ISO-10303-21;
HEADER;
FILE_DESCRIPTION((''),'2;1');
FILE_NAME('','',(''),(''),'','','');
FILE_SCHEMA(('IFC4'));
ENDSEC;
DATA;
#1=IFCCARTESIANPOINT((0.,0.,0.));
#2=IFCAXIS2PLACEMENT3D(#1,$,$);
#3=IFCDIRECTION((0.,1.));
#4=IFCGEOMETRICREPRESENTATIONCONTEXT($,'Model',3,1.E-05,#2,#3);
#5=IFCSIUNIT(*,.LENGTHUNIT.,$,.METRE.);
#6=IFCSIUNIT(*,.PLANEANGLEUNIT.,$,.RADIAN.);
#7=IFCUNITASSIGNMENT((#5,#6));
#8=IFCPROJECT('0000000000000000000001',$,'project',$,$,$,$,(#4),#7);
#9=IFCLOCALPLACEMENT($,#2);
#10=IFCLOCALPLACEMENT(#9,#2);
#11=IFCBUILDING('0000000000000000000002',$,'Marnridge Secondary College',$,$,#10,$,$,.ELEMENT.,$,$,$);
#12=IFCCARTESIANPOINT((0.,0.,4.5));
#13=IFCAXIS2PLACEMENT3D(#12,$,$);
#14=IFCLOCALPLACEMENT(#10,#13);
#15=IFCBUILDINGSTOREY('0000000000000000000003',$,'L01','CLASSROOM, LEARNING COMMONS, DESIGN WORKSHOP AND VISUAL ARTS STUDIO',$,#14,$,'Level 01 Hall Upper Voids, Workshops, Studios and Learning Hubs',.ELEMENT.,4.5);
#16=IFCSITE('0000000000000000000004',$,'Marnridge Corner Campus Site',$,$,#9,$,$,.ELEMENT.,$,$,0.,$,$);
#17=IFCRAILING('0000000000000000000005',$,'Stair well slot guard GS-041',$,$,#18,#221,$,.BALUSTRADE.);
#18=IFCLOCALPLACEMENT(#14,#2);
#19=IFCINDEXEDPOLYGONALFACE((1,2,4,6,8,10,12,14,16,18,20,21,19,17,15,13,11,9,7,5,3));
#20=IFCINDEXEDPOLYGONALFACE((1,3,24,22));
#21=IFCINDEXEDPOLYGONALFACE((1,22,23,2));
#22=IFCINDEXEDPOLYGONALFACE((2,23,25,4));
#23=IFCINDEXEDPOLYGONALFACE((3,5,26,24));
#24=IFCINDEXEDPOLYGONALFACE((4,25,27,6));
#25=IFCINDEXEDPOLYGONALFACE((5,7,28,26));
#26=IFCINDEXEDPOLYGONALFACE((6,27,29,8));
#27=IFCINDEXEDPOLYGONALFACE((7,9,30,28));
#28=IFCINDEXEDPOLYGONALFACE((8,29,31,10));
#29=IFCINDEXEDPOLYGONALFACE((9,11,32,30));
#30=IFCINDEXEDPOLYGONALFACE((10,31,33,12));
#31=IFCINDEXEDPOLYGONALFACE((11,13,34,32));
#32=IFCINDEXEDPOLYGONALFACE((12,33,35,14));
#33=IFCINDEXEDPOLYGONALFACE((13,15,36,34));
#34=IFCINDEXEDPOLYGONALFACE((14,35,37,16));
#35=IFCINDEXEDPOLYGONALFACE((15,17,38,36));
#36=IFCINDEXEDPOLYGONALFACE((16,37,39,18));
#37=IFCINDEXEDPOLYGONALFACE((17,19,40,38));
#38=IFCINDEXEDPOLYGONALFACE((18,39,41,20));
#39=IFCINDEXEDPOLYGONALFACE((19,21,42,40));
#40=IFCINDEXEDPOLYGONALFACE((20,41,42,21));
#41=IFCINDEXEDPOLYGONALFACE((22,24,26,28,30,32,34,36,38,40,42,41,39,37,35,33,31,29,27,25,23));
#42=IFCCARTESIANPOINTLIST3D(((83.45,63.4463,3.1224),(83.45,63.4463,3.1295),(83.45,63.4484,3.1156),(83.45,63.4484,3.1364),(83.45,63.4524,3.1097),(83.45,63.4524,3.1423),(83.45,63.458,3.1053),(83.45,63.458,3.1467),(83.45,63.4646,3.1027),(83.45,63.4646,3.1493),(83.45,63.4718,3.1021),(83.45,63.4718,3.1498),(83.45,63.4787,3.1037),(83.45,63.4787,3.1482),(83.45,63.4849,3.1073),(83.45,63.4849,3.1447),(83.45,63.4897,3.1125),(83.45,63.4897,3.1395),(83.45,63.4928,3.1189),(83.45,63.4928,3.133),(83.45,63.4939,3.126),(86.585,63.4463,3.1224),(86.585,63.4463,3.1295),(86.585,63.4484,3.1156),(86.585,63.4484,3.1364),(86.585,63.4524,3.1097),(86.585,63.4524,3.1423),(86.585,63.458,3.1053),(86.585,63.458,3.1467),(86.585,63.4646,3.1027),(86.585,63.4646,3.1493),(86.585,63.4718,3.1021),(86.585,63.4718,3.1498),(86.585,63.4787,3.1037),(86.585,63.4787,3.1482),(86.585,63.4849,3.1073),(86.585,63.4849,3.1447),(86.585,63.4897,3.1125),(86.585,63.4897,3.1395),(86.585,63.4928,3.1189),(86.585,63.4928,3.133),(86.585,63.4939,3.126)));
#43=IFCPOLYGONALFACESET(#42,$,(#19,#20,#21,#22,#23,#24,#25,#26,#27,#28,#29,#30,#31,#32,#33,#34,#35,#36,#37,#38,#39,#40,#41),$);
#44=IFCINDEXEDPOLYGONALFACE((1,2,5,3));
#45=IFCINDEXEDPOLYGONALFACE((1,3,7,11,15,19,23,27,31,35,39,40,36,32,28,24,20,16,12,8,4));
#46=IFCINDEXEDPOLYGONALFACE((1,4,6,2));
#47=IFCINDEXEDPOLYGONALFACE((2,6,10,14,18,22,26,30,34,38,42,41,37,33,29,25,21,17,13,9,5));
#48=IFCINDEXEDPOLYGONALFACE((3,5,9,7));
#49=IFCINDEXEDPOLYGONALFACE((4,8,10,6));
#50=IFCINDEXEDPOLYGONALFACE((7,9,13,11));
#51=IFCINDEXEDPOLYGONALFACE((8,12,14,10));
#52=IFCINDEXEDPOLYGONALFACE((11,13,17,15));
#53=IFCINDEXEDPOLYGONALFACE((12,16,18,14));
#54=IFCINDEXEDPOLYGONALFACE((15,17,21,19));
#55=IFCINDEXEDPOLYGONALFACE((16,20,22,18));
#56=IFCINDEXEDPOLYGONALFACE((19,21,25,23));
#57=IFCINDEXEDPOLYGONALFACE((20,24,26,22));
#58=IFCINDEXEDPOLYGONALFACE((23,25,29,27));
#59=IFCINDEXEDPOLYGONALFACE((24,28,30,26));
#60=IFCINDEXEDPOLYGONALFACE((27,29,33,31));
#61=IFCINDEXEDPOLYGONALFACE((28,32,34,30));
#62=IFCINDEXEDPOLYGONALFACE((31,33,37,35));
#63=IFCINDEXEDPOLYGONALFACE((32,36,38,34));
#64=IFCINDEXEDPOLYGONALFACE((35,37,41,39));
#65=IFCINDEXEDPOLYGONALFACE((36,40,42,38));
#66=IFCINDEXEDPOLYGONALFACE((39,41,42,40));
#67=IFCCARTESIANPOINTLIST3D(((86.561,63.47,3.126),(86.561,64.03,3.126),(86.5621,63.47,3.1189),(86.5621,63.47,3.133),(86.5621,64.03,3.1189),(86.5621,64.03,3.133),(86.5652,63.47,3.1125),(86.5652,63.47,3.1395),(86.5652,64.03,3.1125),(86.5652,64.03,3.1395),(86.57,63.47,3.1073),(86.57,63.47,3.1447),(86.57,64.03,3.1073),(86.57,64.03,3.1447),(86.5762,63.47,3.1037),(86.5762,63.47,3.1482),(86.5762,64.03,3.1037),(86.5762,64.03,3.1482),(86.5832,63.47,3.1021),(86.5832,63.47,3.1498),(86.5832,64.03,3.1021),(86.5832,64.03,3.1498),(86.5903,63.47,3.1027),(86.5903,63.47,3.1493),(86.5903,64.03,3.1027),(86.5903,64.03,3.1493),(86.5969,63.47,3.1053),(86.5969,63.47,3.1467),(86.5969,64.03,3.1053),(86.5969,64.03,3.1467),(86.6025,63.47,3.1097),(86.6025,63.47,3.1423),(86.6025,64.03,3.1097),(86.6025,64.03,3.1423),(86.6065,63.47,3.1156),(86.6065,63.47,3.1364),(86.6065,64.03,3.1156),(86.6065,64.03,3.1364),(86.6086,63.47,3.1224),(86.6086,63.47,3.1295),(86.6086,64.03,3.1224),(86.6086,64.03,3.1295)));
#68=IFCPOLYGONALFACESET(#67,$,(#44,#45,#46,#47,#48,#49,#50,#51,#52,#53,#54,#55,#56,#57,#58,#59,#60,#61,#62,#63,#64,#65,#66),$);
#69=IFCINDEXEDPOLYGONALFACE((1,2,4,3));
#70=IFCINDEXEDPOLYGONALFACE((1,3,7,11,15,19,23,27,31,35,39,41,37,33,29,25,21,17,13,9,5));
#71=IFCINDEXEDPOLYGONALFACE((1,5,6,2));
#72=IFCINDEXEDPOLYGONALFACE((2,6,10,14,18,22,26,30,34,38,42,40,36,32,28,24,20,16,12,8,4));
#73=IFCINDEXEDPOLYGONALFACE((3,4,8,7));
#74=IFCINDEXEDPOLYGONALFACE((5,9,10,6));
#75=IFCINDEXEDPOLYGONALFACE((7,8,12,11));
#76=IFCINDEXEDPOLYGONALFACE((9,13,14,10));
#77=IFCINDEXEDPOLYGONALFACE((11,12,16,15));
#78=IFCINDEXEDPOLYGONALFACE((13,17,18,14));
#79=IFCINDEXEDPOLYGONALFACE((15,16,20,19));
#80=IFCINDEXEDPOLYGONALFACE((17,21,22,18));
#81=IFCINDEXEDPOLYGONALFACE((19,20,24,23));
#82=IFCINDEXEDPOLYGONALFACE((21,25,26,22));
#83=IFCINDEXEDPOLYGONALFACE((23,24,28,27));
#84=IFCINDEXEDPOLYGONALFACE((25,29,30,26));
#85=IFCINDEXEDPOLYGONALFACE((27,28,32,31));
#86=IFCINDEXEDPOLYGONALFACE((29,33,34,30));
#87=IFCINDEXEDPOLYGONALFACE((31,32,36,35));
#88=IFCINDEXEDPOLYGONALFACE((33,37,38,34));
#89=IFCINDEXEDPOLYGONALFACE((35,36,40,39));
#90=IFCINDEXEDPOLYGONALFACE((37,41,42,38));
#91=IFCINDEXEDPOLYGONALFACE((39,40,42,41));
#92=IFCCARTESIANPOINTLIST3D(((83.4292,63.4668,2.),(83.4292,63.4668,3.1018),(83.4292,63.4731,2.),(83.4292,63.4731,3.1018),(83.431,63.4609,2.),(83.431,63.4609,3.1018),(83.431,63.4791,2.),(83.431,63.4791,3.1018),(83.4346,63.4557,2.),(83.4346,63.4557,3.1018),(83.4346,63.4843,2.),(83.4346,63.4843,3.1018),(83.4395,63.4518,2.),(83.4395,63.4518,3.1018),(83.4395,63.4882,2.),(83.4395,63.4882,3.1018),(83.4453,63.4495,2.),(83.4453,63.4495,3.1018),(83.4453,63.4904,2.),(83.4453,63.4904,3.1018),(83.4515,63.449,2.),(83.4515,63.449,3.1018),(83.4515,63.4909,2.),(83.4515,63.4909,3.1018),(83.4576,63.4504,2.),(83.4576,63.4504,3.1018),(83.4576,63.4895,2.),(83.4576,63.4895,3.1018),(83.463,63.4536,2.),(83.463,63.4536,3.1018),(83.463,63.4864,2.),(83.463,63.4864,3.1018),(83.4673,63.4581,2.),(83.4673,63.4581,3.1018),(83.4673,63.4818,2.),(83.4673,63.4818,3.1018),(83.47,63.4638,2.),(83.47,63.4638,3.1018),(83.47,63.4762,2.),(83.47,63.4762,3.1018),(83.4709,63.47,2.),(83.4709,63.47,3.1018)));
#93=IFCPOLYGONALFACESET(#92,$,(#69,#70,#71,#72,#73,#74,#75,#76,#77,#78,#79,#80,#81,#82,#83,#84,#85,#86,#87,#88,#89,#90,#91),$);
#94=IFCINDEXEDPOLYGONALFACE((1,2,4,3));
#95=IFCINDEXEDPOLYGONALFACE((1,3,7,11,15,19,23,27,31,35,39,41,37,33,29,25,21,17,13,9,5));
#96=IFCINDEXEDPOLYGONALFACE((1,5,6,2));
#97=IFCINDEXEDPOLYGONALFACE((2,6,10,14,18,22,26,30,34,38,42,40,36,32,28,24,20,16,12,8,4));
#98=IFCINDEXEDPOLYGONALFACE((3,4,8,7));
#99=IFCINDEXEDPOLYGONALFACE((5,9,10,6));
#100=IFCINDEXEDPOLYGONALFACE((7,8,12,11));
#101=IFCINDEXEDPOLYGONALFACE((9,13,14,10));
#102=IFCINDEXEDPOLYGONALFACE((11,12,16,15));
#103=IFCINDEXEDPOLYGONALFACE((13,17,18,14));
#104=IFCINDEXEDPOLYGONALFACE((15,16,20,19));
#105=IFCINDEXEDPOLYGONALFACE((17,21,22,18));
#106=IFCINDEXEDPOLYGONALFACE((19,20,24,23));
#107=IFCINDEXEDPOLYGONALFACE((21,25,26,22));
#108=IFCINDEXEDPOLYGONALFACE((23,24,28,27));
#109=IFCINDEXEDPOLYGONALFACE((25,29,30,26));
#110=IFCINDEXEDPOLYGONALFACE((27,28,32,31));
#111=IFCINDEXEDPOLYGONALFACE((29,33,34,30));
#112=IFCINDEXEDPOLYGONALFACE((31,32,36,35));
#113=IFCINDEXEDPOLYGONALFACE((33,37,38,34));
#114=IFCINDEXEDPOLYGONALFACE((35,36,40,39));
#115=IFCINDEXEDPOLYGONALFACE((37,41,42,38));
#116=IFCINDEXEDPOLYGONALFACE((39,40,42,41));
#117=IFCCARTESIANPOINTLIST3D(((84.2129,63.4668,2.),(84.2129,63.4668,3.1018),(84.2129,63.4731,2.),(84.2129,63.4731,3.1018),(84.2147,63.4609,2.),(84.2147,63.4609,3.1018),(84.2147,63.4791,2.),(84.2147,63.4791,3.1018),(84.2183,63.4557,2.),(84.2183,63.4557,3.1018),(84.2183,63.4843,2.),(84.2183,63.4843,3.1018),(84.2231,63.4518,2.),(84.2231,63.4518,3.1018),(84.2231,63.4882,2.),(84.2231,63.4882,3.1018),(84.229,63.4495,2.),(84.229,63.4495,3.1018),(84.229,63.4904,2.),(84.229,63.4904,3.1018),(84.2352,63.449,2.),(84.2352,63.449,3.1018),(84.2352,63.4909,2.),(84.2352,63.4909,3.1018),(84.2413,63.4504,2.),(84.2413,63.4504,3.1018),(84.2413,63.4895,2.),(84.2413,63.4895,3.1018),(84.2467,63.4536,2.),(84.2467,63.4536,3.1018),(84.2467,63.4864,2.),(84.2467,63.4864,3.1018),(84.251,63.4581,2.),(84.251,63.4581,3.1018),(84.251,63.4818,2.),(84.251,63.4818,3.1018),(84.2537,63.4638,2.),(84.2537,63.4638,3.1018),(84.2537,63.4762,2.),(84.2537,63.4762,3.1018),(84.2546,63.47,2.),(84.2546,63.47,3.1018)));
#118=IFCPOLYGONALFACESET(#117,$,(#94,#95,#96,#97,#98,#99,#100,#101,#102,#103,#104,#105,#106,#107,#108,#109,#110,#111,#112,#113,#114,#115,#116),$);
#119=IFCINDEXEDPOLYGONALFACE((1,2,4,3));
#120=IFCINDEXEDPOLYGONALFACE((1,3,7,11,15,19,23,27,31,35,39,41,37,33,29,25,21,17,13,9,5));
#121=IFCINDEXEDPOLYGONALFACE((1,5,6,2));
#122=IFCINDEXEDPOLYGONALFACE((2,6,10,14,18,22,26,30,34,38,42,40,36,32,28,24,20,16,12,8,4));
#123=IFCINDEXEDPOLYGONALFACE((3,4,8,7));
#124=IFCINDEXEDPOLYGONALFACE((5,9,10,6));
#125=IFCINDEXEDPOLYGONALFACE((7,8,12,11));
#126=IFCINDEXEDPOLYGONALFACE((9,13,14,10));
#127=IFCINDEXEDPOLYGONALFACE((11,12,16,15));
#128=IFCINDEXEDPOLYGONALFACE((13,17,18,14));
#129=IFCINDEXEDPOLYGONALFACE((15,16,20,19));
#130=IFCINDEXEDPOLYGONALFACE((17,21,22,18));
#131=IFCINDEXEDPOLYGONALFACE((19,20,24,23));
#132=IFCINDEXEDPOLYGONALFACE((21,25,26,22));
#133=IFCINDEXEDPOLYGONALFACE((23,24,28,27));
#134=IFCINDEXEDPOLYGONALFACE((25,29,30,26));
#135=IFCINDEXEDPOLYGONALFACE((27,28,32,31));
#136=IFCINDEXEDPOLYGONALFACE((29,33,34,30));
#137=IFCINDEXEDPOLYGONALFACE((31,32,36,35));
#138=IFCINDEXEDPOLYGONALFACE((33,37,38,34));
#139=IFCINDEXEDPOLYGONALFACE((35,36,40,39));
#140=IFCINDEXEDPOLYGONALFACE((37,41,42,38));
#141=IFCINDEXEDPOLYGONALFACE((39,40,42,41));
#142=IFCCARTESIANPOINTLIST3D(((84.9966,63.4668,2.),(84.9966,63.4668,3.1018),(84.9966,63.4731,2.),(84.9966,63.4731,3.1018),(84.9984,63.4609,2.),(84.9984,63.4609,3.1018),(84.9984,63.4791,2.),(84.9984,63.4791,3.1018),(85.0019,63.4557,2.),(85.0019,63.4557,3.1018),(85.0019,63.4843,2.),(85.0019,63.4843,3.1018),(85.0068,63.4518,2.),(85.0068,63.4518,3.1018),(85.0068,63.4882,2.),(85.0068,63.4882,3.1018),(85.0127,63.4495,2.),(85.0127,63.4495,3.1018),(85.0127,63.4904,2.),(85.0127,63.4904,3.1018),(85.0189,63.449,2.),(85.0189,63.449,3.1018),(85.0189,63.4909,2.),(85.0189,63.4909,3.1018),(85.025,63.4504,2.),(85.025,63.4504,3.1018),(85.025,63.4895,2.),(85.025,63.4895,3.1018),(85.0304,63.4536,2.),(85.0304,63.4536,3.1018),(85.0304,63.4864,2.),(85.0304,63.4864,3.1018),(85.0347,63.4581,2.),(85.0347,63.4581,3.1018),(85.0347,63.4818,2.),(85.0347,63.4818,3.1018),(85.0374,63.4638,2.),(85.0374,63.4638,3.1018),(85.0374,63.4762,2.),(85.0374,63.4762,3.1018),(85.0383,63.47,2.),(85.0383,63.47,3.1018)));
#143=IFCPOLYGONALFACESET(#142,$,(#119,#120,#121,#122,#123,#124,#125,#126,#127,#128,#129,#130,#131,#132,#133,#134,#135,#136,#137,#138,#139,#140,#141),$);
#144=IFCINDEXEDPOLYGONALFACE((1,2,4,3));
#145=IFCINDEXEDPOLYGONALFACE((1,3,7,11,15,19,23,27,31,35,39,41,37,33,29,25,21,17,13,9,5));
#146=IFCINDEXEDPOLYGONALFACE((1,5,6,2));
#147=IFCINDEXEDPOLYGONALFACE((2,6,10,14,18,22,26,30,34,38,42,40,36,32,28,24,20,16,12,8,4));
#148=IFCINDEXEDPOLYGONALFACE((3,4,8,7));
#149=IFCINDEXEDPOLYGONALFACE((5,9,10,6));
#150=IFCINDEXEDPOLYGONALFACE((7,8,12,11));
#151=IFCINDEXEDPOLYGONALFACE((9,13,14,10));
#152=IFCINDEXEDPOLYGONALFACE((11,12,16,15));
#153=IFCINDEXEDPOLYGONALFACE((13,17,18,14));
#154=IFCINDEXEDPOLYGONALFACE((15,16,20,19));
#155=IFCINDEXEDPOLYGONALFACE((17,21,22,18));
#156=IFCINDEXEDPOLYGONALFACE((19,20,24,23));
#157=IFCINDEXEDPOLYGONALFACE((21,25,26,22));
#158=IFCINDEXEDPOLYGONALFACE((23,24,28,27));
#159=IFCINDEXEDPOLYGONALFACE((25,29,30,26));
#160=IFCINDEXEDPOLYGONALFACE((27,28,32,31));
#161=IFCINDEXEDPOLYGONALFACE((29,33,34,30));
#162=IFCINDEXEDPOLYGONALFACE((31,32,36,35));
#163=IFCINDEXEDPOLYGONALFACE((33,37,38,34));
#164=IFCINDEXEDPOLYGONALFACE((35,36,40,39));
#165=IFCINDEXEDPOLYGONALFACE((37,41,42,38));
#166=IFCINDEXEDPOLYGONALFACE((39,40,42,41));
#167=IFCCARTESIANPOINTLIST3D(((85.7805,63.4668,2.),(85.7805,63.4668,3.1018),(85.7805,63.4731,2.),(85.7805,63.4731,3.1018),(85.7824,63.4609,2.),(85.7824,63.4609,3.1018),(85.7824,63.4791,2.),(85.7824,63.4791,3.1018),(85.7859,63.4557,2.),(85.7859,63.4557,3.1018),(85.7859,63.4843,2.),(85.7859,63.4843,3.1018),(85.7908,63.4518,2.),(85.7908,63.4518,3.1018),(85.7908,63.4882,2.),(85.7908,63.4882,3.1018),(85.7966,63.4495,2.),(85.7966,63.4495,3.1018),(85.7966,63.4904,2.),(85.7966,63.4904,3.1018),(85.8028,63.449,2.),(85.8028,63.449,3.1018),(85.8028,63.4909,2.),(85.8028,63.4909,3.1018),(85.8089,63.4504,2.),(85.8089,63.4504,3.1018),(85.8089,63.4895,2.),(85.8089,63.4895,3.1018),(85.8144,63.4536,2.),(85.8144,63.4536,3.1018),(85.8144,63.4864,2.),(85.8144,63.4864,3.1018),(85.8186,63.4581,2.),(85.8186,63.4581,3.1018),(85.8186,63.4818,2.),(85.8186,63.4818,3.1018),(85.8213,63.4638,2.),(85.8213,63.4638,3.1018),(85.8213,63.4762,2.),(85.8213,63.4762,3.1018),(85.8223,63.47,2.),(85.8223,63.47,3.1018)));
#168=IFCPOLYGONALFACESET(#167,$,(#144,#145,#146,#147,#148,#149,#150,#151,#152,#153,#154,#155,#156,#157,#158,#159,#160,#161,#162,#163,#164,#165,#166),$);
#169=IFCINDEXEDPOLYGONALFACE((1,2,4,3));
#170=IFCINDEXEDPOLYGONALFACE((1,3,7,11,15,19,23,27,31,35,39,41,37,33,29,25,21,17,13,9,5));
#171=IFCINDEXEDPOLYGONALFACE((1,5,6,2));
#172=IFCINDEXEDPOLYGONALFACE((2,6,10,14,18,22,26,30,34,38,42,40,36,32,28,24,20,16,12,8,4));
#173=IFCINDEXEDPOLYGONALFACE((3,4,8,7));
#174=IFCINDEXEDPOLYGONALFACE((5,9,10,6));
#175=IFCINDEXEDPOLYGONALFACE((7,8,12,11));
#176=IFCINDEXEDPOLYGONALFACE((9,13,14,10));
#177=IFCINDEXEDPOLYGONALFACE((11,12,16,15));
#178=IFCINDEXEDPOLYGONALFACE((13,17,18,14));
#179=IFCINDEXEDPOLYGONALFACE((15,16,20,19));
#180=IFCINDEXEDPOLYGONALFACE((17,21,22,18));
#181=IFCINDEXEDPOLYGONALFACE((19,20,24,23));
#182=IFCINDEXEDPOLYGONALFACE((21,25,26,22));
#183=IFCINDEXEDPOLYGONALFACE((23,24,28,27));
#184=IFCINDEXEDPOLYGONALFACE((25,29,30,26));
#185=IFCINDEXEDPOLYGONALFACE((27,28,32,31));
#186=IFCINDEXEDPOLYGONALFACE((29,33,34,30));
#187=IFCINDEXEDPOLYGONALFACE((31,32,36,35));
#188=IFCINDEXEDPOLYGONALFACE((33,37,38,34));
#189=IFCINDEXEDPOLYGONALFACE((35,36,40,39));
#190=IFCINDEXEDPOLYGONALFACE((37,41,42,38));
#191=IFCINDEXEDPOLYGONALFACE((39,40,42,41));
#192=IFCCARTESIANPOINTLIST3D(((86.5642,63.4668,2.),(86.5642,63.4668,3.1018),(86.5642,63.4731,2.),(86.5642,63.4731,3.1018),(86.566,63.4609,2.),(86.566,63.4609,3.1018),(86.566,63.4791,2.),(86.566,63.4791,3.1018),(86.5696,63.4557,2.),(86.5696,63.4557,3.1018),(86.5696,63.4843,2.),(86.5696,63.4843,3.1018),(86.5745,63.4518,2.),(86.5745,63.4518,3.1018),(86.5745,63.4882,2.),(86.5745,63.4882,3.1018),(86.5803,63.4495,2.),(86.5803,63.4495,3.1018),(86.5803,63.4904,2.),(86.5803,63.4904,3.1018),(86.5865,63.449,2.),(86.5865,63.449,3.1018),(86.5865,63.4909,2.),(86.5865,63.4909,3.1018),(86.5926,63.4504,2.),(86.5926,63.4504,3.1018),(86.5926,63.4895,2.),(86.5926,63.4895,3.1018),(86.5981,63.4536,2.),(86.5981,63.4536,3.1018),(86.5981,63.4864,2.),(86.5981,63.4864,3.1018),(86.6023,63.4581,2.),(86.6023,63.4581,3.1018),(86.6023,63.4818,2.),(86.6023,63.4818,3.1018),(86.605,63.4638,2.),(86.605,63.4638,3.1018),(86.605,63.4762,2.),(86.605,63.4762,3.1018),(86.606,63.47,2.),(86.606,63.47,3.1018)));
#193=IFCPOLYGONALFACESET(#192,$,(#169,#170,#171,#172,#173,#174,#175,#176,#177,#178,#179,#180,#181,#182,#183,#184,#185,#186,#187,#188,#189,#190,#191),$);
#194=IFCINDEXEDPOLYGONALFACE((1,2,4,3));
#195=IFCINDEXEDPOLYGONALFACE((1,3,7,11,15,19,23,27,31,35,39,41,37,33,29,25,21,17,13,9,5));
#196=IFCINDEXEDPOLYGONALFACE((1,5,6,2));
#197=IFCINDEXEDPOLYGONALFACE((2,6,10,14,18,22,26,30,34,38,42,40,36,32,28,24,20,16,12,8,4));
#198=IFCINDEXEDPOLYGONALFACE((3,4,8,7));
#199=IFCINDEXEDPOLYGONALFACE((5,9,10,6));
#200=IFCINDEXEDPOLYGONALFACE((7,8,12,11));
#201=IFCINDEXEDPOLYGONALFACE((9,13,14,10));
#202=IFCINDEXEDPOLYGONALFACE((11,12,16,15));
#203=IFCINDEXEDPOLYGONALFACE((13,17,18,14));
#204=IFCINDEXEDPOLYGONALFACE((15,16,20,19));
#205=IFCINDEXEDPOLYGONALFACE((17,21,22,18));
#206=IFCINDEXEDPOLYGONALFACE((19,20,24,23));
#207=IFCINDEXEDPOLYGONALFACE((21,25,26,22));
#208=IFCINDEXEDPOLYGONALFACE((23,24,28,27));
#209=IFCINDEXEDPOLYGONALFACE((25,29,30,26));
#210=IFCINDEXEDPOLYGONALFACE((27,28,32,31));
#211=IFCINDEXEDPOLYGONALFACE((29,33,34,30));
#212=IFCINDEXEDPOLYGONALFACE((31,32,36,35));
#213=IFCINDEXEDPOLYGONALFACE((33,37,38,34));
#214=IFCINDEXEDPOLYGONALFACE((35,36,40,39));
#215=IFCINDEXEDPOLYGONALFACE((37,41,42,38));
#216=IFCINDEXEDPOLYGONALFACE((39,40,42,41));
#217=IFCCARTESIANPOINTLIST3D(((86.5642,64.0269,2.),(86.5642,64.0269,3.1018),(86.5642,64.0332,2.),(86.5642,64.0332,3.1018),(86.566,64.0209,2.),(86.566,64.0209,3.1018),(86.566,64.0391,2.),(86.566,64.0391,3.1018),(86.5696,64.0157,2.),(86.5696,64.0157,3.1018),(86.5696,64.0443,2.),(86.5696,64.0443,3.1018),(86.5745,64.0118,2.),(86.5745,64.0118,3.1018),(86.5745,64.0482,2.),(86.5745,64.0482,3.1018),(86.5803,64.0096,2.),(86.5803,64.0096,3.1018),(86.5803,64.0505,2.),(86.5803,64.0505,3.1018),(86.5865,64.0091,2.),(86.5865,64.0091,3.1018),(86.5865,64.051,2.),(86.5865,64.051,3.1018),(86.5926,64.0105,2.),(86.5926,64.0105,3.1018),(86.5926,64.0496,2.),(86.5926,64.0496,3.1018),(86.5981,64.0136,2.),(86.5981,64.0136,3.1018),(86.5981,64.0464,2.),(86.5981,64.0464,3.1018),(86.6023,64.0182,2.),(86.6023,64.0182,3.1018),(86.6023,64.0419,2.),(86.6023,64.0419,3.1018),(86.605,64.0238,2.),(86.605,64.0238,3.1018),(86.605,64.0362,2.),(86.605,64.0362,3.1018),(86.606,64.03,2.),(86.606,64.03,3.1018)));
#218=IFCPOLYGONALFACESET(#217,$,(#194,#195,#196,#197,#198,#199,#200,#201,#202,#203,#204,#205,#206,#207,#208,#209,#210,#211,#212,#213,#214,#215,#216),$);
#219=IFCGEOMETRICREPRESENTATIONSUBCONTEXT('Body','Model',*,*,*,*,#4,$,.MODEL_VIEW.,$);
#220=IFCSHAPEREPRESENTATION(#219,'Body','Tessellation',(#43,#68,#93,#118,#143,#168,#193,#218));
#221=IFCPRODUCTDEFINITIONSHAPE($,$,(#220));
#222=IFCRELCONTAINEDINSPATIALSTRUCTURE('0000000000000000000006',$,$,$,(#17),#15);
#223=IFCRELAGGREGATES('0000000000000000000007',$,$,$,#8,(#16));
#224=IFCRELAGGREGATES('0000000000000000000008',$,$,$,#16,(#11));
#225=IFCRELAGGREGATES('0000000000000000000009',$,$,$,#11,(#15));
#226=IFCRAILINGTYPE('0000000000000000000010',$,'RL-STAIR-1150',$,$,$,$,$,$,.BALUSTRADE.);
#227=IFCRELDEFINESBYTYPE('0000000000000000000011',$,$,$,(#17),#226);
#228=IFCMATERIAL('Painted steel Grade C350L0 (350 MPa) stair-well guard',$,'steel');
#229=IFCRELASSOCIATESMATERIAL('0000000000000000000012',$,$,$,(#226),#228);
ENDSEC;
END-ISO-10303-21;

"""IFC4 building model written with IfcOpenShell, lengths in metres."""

from ifc_helpers import new_model, si_unit, direction, frame, origin, origin_2d, place, context, subcontext, project, spatial, circle, extrude, material, type_object, element, save


model = new_model("IFC4")

# Units and contexts
model_context = context("Model", 3, precision=1e-05, world=origin(), true_north=direction((0.0, 1.0)))
body_context = subcontext(model_context, "Body", "Model", "MODEL_VIEW")
ifc_project = project(units=[si_unit("LENGTHUNIT", "METRE"), si_unit("PLANEANGLEUNIT", "RADIAN")], contexts=[model_context])

# Site, building, storey
site_placement = place(None, origin())
site = spatial("IfcSite", under=ifc_project, at=site_placement, Name="Marnridge Corner Campus Site", CompositionType="ELEMENT", RefElevation=0.0)
building_placement = place(site_placement, origin())
building = spatial("IfcBuilding", under=site, at=building_placement, Name="Marnridge Secondary College", CompositionType="ELEMENT")
storey_placement = place(building_placement, frame((0.0, 0.0, 4.5)))
storey = spatial("IfcBuildingStorey", under=building, at=storey_placement, Name="L01", Description="CLASSROOM, LEARNING COMMONS, DESIGN WORKSHOP AND VISUAL ARTS STUDIO", LongName="Level 01 Hall Upper Voids, Workshops, Studios and Learning Hubs", CompositionType="ELEMENT", Elevation=4.5)

# Railing
ifc_material_1 = material(Name="Painted steel Grade C350L0 (350 MPa) stair-well guard", Category="steel")
railing_type_1 = type_object("IfcRailingType", Name="RL-STAIR-1150", PredefinedType="BALUSTRADE", material=ifc_material_1)
railing_placement = place(storey_placement, frame((83.45, 63.47, 2.0)))
element("IfcRailing", 1, at=railing_placement, inside=storey, type_object=railing_type_1, Name="Stair well slot guard GS-041", PredefinedType="BALUSTRADE", context=body_context, shape_type="SweptSolid", body=[
    extrude(circle(Radius=0.0239, at=origin_2d()), frame((0.0, 0.0, 1.126), z_axis=(1.0, 0.0, 0.0), x_axis=(0.0, 1.0, 0.0)), (0.0, 0.0, 1.0), 3.135),
    extrude(circle(Radius=0.0239, at=origin_2d()), frame((3.135, 0.0, 1.126), z_axis=(0.0, 1.0, 0.0), x_axis=(-1.0, 0.0, 0.0)), (0.0, 0.0, 1.0), 0.5601),
    extrude(circle(Radius=0.021, at=origin_2d()), origin(), (0.0, 0.0, 1.0), 1.1018),
    extrude(circle(Radius=0.021, at=origin_2d()), frame((0.7837, 0.0, 0.0)), (0.0, 0.0, 1.0), 1.1018),
    extrude(circle(Radius=0.021, at=origin_2d()), frame((1.5674, 0.0, 0.0)), (0.0, 0.0, 1.0), 1.1018),
    extrude(circle(Radius=0.021, at=origin_2d()), frame((2.3513, 0.0, 0.0)), (0.0, 0.0, 1.0), 1.1018),
    extrude(circle(Radius=0.021, at=origin_2d()), frame((3.135, 0.0, 0.0)), (0.0, 0.0, 1.0), 1.1018),
    extrude(circle(Radius=0.021, at=origin_2d()), frame((3.135, 0.5601, 0.0)), (0.0, 0.0, 1.0), 1.1018),
])

save(model, "model.ifc")
